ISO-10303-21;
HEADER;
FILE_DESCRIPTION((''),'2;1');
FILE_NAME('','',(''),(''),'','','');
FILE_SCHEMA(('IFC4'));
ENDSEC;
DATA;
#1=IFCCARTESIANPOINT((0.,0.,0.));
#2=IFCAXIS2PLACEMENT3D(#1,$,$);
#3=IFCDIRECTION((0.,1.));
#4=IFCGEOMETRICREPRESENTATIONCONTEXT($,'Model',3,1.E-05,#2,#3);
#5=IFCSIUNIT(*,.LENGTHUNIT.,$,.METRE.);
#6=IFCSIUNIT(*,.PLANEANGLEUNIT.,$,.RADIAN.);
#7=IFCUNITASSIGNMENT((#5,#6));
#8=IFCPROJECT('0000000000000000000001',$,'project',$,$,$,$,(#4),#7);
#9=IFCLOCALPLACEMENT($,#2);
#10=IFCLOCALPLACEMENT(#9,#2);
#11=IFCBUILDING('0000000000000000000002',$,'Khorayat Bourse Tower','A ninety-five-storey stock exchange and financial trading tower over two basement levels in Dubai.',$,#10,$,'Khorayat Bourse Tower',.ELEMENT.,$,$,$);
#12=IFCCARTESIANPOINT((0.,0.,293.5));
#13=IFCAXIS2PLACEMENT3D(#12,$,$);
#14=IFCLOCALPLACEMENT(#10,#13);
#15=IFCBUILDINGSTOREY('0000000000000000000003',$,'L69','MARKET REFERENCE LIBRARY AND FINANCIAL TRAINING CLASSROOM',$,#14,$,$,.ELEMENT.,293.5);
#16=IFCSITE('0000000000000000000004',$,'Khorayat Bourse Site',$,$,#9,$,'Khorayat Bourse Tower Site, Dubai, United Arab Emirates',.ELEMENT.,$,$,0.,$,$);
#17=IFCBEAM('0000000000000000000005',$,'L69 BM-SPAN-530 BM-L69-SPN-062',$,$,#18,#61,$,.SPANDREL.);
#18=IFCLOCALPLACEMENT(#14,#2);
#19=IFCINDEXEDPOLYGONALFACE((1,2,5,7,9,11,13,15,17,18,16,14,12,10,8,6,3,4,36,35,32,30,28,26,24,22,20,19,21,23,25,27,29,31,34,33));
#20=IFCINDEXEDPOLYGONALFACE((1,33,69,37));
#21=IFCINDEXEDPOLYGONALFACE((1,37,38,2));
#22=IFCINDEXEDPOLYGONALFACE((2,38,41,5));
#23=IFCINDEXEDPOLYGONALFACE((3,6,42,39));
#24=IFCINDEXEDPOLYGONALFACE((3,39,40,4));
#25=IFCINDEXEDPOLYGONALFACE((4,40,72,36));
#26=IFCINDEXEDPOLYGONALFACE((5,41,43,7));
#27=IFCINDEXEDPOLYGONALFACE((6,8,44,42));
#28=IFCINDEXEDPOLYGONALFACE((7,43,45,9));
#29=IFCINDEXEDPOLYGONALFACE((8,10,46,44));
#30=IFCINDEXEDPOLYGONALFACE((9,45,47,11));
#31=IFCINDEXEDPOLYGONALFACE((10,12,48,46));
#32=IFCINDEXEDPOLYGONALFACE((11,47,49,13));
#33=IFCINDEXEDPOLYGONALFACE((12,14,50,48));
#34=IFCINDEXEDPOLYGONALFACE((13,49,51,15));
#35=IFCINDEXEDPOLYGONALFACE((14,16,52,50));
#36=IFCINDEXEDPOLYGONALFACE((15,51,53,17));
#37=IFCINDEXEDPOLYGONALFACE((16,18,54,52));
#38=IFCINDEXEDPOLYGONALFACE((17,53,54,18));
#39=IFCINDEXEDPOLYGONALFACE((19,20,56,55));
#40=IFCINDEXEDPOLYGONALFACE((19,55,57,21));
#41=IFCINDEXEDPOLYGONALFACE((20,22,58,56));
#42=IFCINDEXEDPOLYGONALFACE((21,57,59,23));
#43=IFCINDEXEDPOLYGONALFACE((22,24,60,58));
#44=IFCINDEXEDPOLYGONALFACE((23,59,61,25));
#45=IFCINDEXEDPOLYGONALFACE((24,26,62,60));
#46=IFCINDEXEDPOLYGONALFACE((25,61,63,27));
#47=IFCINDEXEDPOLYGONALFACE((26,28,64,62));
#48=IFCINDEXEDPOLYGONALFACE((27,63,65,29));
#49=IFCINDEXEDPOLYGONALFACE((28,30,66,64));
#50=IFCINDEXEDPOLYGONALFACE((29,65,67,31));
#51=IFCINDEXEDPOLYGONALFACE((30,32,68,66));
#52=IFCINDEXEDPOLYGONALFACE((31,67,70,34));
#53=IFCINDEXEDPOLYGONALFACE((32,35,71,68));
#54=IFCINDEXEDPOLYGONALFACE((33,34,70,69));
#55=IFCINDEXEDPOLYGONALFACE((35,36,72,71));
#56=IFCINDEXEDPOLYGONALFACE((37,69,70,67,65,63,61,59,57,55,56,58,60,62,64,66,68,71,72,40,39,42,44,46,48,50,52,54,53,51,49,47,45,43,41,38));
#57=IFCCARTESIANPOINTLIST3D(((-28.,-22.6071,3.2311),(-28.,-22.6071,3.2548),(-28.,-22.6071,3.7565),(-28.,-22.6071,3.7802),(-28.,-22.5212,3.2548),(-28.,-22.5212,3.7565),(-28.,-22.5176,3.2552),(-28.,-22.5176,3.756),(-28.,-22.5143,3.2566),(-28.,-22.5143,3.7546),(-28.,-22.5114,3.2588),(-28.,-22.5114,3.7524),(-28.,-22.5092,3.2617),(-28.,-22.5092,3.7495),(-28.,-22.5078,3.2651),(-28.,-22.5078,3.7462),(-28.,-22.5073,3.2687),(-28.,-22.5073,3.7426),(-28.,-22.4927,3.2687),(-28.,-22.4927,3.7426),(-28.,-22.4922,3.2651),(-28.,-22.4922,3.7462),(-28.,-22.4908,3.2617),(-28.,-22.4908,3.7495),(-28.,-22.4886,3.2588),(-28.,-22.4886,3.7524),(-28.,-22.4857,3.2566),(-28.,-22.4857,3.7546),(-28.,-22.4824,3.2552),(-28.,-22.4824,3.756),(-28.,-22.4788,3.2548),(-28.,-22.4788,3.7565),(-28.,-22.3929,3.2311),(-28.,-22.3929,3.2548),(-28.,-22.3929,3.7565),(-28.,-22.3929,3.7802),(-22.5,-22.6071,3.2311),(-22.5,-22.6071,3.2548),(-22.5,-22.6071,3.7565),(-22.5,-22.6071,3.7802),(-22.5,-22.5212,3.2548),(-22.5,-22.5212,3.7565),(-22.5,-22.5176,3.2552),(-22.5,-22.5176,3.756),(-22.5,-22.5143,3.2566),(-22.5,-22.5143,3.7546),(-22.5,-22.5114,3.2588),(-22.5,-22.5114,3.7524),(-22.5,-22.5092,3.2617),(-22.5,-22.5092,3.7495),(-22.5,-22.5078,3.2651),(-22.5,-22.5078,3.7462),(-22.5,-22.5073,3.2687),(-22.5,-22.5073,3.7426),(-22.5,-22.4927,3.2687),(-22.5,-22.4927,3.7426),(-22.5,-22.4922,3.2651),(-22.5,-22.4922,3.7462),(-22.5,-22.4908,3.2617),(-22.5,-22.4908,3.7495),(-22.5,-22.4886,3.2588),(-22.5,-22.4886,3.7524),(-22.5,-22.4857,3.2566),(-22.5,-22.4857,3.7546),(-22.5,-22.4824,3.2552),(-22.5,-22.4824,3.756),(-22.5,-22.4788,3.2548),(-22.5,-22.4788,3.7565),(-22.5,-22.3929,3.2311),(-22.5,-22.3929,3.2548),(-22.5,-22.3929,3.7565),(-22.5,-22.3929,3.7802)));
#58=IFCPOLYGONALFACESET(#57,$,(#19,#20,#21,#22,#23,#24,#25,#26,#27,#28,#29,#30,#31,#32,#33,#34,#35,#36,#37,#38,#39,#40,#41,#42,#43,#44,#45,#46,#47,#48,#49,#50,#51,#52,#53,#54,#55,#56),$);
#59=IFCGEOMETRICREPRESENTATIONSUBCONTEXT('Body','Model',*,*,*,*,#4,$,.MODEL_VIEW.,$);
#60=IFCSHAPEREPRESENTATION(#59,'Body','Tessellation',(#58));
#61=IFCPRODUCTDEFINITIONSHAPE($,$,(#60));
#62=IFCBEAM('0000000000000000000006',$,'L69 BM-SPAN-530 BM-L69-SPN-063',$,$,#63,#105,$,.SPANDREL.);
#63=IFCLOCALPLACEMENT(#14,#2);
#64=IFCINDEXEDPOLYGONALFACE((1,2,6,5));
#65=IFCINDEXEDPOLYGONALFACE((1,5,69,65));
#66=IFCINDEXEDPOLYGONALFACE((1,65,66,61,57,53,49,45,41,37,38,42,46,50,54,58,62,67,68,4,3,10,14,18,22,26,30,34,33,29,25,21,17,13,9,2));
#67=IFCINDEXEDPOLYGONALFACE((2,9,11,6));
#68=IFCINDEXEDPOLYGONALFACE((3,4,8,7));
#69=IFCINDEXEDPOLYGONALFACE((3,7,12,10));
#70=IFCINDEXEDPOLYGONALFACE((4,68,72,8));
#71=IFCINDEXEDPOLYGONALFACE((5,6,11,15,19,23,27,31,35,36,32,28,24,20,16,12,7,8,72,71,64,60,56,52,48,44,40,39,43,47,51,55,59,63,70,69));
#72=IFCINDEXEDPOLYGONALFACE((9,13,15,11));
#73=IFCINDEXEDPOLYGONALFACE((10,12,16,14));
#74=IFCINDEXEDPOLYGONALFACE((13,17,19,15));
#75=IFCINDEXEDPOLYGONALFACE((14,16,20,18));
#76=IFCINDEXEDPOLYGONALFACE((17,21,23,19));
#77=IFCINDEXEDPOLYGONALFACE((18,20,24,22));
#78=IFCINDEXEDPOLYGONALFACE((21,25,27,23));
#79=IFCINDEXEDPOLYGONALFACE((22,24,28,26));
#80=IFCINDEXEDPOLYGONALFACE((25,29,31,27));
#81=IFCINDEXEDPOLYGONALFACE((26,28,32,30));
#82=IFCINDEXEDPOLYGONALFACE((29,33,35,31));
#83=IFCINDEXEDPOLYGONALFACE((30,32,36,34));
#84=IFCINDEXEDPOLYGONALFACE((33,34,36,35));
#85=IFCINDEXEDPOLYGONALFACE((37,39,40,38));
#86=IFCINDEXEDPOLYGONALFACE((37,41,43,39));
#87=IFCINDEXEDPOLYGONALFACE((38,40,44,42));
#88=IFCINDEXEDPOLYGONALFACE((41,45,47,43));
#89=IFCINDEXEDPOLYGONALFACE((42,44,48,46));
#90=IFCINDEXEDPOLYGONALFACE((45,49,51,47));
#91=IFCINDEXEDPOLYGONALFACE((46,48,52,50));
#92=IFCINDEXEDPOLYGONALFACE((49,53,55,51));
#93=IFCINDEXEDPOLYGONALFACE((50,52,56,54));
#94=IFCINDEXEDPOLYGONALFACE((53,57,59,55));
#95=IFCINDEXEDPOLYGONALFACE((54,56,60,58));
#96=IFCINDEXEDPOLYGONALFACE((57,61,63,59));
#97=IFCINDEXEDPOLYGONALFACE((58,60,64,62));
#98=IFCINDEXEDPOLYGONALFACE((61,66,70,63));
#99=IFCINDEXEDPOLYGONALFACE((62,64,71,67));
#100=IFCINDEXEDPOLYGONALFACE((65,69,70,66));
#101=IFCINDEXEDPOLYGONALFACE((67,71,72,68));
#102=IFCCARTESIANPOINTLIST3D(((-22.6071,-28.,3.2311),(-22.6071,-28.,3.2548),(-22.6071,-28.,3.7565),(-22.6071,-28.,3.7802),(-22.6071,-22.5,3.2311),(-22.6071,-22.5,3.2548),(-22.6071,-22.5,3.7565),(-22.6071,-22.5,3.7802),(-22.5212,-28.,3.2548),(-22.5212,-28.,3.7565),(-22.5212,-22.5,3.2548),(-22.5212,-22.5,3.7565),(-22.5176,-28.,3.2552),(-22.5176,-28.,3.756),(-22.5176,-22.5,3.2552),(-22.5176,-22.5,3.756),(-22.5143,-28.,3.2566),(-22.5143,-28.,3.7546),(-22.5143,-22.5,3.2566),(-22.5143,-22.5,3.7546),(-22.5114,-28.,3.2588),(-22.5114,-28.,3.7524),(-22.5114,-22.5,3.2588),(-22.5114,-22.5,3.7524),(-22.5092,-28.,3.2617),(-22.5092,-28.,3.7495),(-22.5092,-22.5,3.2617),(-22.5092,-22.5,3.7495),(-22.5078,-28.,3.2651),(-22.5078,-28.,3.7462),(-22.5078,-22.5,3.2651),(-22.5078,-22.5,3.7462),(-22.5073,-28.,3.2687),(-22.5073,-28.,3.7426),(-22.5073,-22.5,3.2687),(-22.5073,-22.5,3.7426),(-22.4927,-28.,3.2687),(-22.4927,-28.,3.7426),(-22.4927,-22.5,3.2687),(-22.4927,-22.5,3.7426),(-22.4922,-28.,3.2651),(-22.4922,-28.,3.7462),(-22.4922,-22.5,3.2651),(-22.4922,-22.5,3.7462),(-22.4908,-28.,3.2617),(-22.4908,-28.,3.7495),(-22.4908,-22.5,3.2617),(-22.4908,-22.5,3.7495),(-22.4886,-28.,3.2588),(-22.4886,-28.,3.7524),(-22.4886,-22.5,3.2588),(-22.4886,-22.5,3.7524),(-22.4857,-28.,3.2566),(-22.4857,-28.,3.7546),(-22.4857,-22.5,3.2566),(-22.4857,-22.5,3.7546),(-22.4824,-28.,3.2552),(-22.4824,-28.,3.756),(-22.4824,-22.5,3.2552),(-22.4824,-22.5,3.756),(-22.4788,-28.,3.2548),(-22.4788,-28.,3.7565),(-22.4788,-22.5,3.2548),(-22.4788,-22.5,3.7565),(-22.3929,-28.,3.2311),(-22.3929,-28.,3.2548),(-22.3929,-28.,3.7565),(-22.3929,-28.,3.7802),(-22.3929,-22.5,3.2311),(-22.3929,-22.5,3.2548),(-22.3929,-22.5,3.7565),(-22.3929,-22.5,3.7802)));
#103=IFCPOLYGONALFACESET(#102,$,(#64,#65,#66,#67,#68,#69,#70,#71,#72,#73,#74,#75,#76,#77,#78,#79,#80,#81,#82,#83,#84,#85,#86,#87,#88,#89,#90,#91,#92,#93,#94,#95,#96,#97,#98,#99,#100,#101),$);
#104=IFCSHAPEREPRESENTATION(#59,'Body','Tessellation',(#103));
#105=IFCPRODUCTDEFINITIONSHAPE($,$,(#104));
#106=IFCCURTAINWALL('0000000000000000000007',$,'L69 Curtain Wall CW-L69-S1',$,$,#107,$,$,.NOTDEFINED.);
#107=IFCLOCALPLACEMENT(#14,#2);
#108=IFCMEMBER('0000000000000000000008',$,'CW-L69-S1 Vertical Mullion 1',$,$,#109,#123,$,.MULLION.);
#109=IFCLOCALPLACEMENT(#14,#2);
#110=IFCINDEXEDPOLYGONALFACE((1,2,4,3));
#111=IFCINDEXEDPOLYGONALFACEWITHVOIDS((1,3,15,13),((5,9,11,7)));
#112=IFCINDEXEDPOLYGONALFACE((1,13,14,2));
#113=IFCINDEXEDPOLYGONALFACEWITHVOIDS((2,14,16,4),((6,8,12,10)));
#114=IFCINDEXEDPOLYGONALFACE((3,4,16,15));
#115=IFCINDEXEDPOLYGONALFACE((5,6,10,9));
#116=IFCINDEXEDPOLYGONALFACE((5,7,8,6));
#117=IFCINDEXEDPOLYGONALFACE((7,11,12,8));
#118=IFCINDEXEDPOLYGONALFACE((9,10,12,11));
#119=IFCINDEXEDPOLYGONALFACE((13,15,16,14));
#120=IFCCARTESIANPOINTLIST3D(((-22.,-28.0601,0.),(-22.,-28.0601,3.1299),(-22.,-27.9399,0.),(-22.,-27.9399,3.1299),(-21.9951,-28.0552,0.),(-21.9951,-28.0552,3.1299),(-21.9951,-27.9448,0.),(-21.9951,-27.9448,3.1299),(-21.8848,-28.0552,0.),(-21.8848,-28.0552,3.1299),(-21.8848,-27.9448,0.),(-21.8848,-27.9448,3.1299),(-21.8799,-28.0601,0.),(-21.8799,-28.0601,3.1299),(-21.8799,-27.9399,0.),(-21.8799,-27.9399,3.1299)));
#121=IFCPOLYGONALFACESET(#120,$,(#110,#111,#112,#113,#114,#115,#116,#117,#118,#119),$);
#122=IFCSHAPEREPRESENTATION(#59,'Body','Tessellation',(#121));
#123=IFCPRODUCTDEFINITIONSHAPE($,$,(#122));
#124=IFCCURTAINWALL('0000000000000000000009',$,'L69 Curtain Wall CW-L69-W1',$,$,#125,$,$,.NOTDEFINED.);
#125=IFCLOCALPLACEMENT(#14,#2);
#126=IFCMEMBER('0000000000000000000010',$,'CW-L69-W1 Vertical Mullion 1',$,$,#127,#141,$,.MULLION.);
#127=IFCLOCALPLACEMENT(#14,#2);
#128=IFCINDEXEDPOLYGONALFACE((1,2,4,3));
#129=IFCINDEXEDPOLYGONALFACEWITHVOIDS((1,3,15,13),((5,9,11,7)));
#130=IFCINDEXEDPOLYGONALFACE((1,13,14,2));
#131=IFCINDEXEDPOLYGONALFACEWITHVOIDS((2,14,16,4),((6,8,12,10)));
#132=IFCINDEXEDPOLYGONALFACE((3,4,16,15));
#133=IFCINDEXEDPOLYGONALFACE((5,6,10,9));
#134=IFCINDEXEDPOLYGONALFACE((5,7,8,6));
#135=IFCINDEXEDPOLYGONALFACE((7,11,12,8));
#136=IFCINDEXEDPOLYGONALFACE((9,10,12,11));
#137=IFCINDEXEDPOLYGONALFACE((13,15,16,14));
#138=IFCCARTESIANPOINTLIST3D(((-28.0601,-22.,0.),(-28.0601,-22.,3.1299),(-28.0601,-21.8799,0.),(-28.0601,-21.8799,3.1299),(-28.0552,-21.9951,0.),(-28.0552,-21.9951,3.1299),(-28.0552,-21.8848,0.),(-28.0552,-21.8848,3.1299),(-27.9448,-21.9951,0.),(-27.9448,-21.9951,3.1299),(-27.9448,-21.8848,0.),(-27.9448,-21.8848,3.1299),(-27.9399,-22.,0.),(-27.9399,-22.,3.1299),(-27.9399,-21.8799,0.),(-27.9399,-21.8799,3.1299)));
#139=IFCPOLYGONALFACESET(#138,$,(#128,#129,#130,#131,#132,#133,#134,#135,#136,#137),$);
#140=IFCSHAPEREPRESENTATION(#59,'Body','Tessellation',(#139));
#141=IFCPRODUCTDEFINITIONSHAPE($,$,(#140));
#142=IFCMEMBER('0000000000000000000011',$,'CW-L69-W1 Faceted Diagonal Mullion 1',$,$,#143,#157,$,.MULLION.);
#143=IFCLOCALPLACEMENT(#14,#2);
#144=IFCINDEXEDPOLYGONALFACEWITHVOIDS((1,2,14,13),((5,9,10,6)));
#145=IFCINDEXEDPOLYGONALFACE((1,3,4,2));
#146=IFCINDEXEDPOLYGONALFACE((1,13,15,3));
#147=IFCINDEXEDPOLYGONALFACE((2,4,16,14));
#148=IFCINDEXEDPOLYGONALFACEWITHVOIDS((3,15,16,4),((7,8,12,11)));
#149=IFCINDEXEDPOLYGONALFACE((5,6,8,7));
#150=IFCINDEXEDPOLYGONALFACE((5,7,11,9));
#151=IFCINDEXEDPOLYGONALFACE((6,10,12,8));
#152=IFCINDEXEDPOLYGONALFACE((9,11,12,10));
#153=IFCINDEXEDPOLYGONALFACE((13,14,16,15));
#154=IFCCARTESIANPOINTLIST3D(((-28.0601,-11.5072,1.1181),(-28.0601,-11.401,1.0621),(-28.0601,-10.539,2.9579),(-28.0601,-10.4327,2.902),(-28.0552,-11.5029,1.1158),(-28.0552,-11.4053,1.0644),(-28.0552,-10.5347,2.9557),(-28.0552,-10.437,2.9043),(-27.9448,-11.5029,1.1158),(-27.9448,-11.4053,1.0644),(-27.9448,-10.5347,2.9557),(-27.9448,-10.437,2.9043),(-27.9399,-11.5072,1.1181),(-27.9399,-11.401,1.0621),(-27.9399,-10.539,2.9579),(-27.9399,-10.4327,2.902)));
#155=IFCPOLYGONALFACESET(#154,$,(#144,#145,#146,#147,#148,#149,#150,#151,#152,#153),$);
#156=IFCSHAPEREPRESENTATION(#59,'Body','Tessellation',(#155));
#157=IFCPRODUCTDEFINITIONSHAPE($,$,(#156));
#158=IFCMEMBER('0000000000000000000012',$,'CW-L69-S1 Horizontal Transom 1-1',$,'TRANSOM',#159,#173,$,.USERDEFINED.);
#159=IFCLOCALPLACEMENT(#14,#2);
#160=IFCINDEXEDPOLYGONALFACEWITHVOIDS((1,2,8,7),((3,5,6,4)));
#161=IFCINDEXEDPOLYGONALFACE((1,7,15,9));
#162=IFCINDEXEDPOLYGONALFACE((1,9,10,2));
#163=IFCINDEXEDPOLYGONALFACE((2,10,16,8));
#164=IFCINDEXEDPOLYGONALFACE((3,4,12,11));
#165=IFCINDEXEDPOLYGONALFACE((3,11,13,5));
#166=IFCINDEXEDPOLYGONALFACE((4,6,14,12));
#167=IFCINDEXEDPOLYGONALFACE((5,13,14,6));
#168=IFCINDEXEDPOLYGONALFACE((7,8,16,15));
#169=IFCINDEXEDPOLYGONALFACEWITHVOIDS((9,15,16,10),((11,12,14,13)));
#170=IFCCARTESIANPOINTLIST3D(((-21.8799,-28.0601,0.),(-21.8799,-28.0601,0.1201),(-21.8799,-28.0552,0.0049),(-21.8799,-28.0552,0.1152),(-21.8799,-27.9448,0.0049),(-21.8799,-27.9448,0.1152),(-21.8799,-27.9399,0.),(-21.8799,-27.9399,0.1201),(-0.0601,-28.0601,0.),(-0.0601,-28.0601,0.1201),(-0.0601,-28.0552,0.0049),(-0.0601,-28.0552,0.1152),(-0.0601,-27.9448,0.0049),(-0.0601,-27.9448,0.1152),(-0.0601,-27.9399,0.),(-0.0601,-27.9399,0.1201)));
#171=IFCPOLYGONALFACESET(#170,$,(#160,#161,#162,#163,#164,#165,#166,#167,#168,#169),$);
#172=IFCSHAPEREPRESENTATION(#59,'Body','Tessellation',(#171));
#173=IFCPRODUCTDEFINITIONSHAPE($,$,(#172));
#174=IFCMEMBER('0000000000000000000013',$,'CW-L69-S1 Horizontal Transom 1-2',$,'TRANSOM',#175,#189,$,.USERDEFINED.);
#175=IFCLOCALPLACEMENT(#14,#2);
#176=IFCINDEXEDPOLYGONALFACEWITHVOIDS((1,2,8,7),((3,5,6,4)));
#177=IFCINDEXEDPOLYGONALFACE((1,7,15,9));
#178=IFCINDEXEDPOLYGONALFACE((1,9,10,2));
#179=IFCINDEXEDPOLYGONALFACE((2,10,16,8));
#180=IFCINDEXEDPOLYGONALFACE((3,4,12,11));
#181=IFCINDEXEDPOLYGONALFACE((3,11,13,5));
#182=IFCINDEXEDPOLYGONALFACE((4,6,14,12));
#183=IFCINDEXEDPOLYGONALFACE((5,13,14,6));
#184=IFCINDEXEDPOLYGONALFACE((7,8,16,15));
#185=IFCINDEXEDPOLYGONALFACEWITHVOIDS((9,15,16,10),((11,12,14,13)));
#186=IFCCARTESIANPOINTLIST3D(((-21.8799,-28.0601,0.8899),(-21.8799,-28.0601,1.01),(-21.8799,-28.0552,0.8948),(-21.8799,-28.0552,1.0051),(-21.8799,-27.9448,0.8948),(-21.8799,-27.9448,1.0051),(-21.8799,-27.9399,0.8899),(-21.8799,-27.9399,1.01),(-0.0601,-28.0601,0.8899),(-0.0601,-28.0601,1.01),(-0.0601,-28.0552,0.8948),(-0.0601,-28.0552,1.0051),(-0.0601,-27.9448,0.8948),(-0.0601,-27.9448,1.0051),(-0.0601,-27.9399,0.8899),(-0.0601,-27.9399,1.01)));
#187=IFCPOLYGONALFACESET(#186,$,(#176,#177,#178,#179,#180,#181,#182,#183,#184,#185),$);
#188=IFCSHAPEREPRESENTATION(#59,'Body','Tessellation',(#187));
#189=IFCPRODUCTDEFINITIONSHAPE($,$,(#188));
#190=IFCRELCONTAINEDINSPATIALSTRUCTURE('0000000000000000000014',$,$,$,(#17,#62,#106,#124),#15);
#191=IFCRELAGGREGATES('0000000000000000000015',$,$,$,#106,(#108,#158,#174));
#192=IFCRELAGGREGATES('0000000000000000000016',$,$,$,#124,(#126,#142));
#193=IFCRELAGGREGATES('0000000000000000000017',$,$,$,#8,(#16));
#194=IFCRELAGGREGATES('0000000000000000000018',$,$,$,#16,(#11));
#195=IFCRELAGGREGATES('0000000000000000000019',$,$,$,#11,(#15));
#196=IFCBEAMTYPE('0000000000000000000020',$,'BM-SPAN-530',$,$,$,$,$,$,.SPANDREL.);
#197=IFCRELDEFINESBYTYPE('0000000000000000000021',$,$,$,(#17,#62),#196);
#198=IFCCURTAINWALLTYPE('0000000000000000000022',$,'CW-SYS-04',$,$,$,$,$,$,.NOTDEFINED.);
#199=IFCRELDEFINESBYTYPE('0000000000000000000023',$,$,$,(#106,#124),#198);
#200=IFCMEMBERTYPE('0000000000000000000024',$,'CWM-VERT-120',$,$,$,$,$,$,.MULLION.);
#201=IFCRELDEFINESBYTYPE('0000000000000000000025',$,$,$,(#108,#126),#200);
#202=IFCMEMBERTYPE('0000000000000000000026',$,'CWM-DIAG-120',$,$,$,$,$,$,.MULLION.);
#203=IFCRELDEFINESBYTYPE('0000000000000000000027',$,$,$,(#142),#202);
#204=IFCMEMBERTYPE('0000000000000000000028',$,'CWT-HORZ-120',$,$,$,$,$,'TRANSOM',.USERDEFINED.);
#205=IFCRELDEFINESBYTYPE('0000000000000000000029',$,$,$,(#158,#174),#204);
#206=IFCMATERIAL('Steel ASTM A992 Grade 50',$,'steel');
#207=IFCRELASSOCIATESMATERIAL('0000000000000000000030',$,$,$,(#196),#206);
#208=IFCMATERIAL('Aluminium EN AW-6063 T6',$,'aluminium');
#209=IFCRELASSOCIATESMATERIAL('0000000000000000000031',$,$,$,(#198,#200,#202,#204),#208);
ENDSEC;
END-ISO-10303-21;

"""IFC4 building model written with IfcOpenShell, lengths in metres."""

from ifc_helpers import new_model, si_unit, direction, frame, origin, origin_2d, place, context, subcontext, project, spatial, hollow_rectangle, i_section, extrude, source, transform, mapped, material, material_profile, profile_set, type_object, element, aggregate, save


model = new_model("IFC4")

# Units and contexts
model_context = context("Model", 3, precision=1e-05, world=origin(), true_north=direction((0.0, 1.0)))
body_context = subcontext(model_context, "Body", "Model", "MODEL_VIEW")
ifc_project = project(units=[si_unit("LENGTHUNIT", "METRE"), si_unit("PLANEANGLEUNIT", "RADIAN")], contexts=[model_context])

# Site, building, storey
site_placement = place(None, origin())
site = spatial("IfcSite", under=ifc_project, at=site_placement, Name="Khorayat Bourse Site", LongName="Khorayat Bourse Tower Site, Dubai, United Arab Emirates", CompositionType="ELEMENT", RefElevation=0.0)
building_placement = place(site_placement, origin())
building = spatial("IfcBuilding", under=site, at=building_placement, Name="Khorayat Bourse Tower", Description="A ninety-five-storey stock exchange and financial trading tower over two basement levels in Dubai.", LongName="Khorayat Bourse Tower", CompositionType="ELEMENT")
storey_placement = place(building_placement, frame((0.0, 0.0, 293.5)))
storey = spatial("IfcBuildingStorey", under=building, at=storey_placement, Name="L69", Description="MARKET REFERENCE LIBRARY AND FINANCIAL TRAINING CLASSROOM", CompositionType="ELEMENT", Elevation=293.5)

# Beams
ifc_material_1 = material(Name="Steel ASTM A992 Grade 50", Category="steel")
ifc_material_profile_1 = material_profile(ifc_material_1, i_section(OverallWidth=0.2141, OverallDepth=0.5491, WebThickness=0.0146, FlangeThickness=0.0237, FilletRadius=0.0139, at=origin_2d()), Name="W530X138")
ifc_profile_set_1 = profile_set([ifc_material_profile_1], Name="Steel ASTM A992 Grade 50")
beam_type_1 = type_object("IfcBeamType", Name="BM-SPAN-530", PredefinedType="SPANDREL", material=ifc_profile_set_1)
shared_shape_1 = source(origin(), body_context, "Body", "SweptSolid", [
    extrude(i_section(OverallWidth=0.2141, OverallDepth=0.5491, WebThickness=0.0146, FlangeThickness=0.0237, FilletRadius=0.0139, at=origin_2d()), origin(), (0.0, 0.0, 1.0), 5.5),
])
for number, where, z_axis, x_axis, name in (
    (1, (-28.0, -22.5, 3.5056), (1.0, 0.0, 0.0), (0.0, 1.0, 0.0), "L69 BM-SPAN-530 BM-L69-SPN-062"),
    (2, (-22.5, -28.0, 3.5056), (0.0, 1.0, 0.0), (-1.0, 0.0, 0.0), "L69 BM-SPAN-530 BM-L69-SPN-063"),
):
    element("IfcBeam", number, at=place(storey_placement, frame(where, z_axis=z_axis, x_axis=x_axis)), inside=storey, type_object=beam_type_1, Name=name, PredefinedType="SPANDREL", context=body_context, shape_type="MappedRepresentation", body=[
        mapped(shared_shape_1, transform((0.0, 0.0, 0.0), scale=1.0)),
    ])

# Curtain wall, member
ifc_material_2 = material(Name="Aluminium EN AW-6063 T6", Category="aluminium")
curtain_wall_type = type_object("IfcCurtainWallType", Name="CW-SYS-04", PredefinedType="NOTDEFINED", material=ifc_material_2)
curtain_wall_1_placement = place(storey_placement, origin())
curtain_wall_1 = element("IfcCurtainWall", 3, at=curtain_wall_1_placement, inside=storey, type_object=curtain_wall_type, Name="L69 Curtain Wall CW-L69-S1", PredefinedType="NOTDEFINED")
ifc_material_profile_2 = material_profile(ifc_material_2, hollow_rectangle(XDim=0.1201, YDim=0.1201, WallThickness=0.0049, at=origin_2d()), Name="ALU 120x120x5")
ifc_profile_set_2 = profile_set([ifc_material_profile_2], Name="Aluminium EN AW-6063 T6")
member_type_1 = type_object("IfcMemberType", Name="CWM-VERT-120", PredefinedType="MULLION", material=ifc_profile_set_2)
shared_shape_2 = source(origin(), body_context, "Body", "SweptSolid", [
    extrude(hollow_rectangle(XDim=0.1201, YDim=0.1201, WallThickness=0.0049, at=origin_2d()), origin(), (0.0, 0.0, 1.0), 3.1299),
])
member_1_placement = place(storey_placement, frame((-21.9399, -28.0, 0.0), z_axis=(0.0, 0.0, 1.0), x_axis=(0.0, 1.0, 0.0)))
member_1 = element("IfcMember", 4, at=member_1_placement, type_object=member_type_1, Name="CW-L69-S1 Vertical Mullion 1", PredefinedType="MULLION", context=body_context, shape_type="MappedRepresentation", body=[
    mapped(shared_shape_2, transform((0.0, 0.0, 0.0), scale=1.0)),
])

# Curtain wall, members
curtain_wall_2_placement = place(storey_placement, origin())
curtain_wall_2 = element("IfcCurtainWall", 5, at=curtain_wall_2_placement, inside=storey, type_object=curtain_wall_type, Name="L69 Curtain Wall CW-L69-W1", PredefinedType="NOTDEFINED")
member_2_placement = place(storey_placement, frame((-28.0, -21.9399, 0.0), z_axis=(0.0, 0.0, 1.0), x_axis=(-1.0, 0.0, 0.0)))
member_2 = element("IfcMember", 6, at=member_2_placement, type_object=member_type_1, Name="CW-L69-W1 Vertical Mullion 1", PredefinedType="MULLION", context=body_context, shape_type="MappedRepresentation", body=[
    mapped(shared_shape_2, transform((0.0, 0.0, 0.0), scale=1.0)),
])
ifc_material_profile_3 = material_profile(ifc_material_2, hollow_rectangle(XDim=0.1201, YDim=0.1201, WallThickness=0.0049, at=origin_2d()), Name="ALU 120x120x5")
ifc_profile_set_3 = profile_set([ifc_material_profile_3], Name="Aluminium EN AW-6063 T6")
member_type_2 = type_object("IfcMemberType", Name="CWM-DIAG-120", PredefinedType="MULLION", material=ifc_profile_set_3)
shared_shape_3 = source(origin(), body_context, "Body", "SweptSolid", [
    extrude(hollow_rectangle(XDim=0.1201, YDim=0.1201, WallThickness=0.0049, at=origin_2d()), origin(), (0.0, 0.0, 1.0), 2.0791),
])
member_3_placement = place(storey_placement, frame((-28.0, -11.4541, 1.0901), z_axis=(0.0, 0.465717, 0.884934), x_axis=(-1.0, 0.0, 0.0)))
member_3 = element("IfcMember", 7, at=member_3_placement, type_object=member_type_2, Name="CW-L69-W1 Faceted Diagonal Mullion 1", PredefinedType="MULLION", context=body_context, shape_type="MappedRepresentation", body=[
    mapped(shared_shape_3, transform((0.0, 0.0, 0.0), scale=1.0)),
])

# Members
ifc_material_profile_4 = material_profile(ifc_material_2, hollow_rectangle(XDim=0.1201, YDim=0.1201, WallThickness=0.0049, at=origin_2d()), Name="ALU 120x120x5")
ifc_profile_set_4 = profile_set([ifc_material_profile_4], Name="Aluminium EN AW-6063 T6")
member_type_3 = type_object("IfcMemberType", Name="CWT-HORZ-120", ElementType="TRANSOM", PredefinedType="USERDEFINED", material=ifc_profile_set_4)
shared_shape_4 = source(origin(), body_context, "Body", "SweptSolid", [
    extrude(hollow_rectangle(XDim=0.1201, YDim=0.1201, WallThickness=0.0049, at=origin_2d()), origin(), (0.0, 0.0, 1.0), 21.8198),
])
member_4_placement = place(storey_placement, frame((-21.8799, -28.0, 0.0601), z_axis=(1.0, 0.0, 0.0), x_axis=(0.0, 1.0, 0.0)))
member_4 = element("IfcMember", 8, at=member_4_placement, type_object=member_type_3, Name="CW-L69-S1 Horizontal Transom 1-1", ObjectType="TRANSOM", PredefinedType="USERDEFINED", context=body_context, shape_type="MappedRepresentation", body=[
    mapped(shared_shape_4, transform((0.0, 0.0, 0.0), scale=1.0)),
])
member_5_placement = place(storey_placement, frame((-21.8799, -28.0, 0.95), z_axis=(1.0, 0.0, 0.0), x_axis=(0.0, 1.0, 0.0)))
member_5 = element("IfcMember", 9, at=member_5_placement, type_object=member_type_3, Name="CW-L69-S1 Horizontal Transom 1-2", ObjectType="TRANSOM", PredefinedType="USERDEFINED", context=body_context, shape_type="MappedRepresentation", body=[
    mapped(shared_shape_4, transform((0.0, 0.0, 0.0), scale=1.0)),
])
aggregate(curtain_wall_1, [member_1, member_4, member_5])
aggregate(curtain_wall_2, [member_2, member_3])

save(model, "model.ifc")
